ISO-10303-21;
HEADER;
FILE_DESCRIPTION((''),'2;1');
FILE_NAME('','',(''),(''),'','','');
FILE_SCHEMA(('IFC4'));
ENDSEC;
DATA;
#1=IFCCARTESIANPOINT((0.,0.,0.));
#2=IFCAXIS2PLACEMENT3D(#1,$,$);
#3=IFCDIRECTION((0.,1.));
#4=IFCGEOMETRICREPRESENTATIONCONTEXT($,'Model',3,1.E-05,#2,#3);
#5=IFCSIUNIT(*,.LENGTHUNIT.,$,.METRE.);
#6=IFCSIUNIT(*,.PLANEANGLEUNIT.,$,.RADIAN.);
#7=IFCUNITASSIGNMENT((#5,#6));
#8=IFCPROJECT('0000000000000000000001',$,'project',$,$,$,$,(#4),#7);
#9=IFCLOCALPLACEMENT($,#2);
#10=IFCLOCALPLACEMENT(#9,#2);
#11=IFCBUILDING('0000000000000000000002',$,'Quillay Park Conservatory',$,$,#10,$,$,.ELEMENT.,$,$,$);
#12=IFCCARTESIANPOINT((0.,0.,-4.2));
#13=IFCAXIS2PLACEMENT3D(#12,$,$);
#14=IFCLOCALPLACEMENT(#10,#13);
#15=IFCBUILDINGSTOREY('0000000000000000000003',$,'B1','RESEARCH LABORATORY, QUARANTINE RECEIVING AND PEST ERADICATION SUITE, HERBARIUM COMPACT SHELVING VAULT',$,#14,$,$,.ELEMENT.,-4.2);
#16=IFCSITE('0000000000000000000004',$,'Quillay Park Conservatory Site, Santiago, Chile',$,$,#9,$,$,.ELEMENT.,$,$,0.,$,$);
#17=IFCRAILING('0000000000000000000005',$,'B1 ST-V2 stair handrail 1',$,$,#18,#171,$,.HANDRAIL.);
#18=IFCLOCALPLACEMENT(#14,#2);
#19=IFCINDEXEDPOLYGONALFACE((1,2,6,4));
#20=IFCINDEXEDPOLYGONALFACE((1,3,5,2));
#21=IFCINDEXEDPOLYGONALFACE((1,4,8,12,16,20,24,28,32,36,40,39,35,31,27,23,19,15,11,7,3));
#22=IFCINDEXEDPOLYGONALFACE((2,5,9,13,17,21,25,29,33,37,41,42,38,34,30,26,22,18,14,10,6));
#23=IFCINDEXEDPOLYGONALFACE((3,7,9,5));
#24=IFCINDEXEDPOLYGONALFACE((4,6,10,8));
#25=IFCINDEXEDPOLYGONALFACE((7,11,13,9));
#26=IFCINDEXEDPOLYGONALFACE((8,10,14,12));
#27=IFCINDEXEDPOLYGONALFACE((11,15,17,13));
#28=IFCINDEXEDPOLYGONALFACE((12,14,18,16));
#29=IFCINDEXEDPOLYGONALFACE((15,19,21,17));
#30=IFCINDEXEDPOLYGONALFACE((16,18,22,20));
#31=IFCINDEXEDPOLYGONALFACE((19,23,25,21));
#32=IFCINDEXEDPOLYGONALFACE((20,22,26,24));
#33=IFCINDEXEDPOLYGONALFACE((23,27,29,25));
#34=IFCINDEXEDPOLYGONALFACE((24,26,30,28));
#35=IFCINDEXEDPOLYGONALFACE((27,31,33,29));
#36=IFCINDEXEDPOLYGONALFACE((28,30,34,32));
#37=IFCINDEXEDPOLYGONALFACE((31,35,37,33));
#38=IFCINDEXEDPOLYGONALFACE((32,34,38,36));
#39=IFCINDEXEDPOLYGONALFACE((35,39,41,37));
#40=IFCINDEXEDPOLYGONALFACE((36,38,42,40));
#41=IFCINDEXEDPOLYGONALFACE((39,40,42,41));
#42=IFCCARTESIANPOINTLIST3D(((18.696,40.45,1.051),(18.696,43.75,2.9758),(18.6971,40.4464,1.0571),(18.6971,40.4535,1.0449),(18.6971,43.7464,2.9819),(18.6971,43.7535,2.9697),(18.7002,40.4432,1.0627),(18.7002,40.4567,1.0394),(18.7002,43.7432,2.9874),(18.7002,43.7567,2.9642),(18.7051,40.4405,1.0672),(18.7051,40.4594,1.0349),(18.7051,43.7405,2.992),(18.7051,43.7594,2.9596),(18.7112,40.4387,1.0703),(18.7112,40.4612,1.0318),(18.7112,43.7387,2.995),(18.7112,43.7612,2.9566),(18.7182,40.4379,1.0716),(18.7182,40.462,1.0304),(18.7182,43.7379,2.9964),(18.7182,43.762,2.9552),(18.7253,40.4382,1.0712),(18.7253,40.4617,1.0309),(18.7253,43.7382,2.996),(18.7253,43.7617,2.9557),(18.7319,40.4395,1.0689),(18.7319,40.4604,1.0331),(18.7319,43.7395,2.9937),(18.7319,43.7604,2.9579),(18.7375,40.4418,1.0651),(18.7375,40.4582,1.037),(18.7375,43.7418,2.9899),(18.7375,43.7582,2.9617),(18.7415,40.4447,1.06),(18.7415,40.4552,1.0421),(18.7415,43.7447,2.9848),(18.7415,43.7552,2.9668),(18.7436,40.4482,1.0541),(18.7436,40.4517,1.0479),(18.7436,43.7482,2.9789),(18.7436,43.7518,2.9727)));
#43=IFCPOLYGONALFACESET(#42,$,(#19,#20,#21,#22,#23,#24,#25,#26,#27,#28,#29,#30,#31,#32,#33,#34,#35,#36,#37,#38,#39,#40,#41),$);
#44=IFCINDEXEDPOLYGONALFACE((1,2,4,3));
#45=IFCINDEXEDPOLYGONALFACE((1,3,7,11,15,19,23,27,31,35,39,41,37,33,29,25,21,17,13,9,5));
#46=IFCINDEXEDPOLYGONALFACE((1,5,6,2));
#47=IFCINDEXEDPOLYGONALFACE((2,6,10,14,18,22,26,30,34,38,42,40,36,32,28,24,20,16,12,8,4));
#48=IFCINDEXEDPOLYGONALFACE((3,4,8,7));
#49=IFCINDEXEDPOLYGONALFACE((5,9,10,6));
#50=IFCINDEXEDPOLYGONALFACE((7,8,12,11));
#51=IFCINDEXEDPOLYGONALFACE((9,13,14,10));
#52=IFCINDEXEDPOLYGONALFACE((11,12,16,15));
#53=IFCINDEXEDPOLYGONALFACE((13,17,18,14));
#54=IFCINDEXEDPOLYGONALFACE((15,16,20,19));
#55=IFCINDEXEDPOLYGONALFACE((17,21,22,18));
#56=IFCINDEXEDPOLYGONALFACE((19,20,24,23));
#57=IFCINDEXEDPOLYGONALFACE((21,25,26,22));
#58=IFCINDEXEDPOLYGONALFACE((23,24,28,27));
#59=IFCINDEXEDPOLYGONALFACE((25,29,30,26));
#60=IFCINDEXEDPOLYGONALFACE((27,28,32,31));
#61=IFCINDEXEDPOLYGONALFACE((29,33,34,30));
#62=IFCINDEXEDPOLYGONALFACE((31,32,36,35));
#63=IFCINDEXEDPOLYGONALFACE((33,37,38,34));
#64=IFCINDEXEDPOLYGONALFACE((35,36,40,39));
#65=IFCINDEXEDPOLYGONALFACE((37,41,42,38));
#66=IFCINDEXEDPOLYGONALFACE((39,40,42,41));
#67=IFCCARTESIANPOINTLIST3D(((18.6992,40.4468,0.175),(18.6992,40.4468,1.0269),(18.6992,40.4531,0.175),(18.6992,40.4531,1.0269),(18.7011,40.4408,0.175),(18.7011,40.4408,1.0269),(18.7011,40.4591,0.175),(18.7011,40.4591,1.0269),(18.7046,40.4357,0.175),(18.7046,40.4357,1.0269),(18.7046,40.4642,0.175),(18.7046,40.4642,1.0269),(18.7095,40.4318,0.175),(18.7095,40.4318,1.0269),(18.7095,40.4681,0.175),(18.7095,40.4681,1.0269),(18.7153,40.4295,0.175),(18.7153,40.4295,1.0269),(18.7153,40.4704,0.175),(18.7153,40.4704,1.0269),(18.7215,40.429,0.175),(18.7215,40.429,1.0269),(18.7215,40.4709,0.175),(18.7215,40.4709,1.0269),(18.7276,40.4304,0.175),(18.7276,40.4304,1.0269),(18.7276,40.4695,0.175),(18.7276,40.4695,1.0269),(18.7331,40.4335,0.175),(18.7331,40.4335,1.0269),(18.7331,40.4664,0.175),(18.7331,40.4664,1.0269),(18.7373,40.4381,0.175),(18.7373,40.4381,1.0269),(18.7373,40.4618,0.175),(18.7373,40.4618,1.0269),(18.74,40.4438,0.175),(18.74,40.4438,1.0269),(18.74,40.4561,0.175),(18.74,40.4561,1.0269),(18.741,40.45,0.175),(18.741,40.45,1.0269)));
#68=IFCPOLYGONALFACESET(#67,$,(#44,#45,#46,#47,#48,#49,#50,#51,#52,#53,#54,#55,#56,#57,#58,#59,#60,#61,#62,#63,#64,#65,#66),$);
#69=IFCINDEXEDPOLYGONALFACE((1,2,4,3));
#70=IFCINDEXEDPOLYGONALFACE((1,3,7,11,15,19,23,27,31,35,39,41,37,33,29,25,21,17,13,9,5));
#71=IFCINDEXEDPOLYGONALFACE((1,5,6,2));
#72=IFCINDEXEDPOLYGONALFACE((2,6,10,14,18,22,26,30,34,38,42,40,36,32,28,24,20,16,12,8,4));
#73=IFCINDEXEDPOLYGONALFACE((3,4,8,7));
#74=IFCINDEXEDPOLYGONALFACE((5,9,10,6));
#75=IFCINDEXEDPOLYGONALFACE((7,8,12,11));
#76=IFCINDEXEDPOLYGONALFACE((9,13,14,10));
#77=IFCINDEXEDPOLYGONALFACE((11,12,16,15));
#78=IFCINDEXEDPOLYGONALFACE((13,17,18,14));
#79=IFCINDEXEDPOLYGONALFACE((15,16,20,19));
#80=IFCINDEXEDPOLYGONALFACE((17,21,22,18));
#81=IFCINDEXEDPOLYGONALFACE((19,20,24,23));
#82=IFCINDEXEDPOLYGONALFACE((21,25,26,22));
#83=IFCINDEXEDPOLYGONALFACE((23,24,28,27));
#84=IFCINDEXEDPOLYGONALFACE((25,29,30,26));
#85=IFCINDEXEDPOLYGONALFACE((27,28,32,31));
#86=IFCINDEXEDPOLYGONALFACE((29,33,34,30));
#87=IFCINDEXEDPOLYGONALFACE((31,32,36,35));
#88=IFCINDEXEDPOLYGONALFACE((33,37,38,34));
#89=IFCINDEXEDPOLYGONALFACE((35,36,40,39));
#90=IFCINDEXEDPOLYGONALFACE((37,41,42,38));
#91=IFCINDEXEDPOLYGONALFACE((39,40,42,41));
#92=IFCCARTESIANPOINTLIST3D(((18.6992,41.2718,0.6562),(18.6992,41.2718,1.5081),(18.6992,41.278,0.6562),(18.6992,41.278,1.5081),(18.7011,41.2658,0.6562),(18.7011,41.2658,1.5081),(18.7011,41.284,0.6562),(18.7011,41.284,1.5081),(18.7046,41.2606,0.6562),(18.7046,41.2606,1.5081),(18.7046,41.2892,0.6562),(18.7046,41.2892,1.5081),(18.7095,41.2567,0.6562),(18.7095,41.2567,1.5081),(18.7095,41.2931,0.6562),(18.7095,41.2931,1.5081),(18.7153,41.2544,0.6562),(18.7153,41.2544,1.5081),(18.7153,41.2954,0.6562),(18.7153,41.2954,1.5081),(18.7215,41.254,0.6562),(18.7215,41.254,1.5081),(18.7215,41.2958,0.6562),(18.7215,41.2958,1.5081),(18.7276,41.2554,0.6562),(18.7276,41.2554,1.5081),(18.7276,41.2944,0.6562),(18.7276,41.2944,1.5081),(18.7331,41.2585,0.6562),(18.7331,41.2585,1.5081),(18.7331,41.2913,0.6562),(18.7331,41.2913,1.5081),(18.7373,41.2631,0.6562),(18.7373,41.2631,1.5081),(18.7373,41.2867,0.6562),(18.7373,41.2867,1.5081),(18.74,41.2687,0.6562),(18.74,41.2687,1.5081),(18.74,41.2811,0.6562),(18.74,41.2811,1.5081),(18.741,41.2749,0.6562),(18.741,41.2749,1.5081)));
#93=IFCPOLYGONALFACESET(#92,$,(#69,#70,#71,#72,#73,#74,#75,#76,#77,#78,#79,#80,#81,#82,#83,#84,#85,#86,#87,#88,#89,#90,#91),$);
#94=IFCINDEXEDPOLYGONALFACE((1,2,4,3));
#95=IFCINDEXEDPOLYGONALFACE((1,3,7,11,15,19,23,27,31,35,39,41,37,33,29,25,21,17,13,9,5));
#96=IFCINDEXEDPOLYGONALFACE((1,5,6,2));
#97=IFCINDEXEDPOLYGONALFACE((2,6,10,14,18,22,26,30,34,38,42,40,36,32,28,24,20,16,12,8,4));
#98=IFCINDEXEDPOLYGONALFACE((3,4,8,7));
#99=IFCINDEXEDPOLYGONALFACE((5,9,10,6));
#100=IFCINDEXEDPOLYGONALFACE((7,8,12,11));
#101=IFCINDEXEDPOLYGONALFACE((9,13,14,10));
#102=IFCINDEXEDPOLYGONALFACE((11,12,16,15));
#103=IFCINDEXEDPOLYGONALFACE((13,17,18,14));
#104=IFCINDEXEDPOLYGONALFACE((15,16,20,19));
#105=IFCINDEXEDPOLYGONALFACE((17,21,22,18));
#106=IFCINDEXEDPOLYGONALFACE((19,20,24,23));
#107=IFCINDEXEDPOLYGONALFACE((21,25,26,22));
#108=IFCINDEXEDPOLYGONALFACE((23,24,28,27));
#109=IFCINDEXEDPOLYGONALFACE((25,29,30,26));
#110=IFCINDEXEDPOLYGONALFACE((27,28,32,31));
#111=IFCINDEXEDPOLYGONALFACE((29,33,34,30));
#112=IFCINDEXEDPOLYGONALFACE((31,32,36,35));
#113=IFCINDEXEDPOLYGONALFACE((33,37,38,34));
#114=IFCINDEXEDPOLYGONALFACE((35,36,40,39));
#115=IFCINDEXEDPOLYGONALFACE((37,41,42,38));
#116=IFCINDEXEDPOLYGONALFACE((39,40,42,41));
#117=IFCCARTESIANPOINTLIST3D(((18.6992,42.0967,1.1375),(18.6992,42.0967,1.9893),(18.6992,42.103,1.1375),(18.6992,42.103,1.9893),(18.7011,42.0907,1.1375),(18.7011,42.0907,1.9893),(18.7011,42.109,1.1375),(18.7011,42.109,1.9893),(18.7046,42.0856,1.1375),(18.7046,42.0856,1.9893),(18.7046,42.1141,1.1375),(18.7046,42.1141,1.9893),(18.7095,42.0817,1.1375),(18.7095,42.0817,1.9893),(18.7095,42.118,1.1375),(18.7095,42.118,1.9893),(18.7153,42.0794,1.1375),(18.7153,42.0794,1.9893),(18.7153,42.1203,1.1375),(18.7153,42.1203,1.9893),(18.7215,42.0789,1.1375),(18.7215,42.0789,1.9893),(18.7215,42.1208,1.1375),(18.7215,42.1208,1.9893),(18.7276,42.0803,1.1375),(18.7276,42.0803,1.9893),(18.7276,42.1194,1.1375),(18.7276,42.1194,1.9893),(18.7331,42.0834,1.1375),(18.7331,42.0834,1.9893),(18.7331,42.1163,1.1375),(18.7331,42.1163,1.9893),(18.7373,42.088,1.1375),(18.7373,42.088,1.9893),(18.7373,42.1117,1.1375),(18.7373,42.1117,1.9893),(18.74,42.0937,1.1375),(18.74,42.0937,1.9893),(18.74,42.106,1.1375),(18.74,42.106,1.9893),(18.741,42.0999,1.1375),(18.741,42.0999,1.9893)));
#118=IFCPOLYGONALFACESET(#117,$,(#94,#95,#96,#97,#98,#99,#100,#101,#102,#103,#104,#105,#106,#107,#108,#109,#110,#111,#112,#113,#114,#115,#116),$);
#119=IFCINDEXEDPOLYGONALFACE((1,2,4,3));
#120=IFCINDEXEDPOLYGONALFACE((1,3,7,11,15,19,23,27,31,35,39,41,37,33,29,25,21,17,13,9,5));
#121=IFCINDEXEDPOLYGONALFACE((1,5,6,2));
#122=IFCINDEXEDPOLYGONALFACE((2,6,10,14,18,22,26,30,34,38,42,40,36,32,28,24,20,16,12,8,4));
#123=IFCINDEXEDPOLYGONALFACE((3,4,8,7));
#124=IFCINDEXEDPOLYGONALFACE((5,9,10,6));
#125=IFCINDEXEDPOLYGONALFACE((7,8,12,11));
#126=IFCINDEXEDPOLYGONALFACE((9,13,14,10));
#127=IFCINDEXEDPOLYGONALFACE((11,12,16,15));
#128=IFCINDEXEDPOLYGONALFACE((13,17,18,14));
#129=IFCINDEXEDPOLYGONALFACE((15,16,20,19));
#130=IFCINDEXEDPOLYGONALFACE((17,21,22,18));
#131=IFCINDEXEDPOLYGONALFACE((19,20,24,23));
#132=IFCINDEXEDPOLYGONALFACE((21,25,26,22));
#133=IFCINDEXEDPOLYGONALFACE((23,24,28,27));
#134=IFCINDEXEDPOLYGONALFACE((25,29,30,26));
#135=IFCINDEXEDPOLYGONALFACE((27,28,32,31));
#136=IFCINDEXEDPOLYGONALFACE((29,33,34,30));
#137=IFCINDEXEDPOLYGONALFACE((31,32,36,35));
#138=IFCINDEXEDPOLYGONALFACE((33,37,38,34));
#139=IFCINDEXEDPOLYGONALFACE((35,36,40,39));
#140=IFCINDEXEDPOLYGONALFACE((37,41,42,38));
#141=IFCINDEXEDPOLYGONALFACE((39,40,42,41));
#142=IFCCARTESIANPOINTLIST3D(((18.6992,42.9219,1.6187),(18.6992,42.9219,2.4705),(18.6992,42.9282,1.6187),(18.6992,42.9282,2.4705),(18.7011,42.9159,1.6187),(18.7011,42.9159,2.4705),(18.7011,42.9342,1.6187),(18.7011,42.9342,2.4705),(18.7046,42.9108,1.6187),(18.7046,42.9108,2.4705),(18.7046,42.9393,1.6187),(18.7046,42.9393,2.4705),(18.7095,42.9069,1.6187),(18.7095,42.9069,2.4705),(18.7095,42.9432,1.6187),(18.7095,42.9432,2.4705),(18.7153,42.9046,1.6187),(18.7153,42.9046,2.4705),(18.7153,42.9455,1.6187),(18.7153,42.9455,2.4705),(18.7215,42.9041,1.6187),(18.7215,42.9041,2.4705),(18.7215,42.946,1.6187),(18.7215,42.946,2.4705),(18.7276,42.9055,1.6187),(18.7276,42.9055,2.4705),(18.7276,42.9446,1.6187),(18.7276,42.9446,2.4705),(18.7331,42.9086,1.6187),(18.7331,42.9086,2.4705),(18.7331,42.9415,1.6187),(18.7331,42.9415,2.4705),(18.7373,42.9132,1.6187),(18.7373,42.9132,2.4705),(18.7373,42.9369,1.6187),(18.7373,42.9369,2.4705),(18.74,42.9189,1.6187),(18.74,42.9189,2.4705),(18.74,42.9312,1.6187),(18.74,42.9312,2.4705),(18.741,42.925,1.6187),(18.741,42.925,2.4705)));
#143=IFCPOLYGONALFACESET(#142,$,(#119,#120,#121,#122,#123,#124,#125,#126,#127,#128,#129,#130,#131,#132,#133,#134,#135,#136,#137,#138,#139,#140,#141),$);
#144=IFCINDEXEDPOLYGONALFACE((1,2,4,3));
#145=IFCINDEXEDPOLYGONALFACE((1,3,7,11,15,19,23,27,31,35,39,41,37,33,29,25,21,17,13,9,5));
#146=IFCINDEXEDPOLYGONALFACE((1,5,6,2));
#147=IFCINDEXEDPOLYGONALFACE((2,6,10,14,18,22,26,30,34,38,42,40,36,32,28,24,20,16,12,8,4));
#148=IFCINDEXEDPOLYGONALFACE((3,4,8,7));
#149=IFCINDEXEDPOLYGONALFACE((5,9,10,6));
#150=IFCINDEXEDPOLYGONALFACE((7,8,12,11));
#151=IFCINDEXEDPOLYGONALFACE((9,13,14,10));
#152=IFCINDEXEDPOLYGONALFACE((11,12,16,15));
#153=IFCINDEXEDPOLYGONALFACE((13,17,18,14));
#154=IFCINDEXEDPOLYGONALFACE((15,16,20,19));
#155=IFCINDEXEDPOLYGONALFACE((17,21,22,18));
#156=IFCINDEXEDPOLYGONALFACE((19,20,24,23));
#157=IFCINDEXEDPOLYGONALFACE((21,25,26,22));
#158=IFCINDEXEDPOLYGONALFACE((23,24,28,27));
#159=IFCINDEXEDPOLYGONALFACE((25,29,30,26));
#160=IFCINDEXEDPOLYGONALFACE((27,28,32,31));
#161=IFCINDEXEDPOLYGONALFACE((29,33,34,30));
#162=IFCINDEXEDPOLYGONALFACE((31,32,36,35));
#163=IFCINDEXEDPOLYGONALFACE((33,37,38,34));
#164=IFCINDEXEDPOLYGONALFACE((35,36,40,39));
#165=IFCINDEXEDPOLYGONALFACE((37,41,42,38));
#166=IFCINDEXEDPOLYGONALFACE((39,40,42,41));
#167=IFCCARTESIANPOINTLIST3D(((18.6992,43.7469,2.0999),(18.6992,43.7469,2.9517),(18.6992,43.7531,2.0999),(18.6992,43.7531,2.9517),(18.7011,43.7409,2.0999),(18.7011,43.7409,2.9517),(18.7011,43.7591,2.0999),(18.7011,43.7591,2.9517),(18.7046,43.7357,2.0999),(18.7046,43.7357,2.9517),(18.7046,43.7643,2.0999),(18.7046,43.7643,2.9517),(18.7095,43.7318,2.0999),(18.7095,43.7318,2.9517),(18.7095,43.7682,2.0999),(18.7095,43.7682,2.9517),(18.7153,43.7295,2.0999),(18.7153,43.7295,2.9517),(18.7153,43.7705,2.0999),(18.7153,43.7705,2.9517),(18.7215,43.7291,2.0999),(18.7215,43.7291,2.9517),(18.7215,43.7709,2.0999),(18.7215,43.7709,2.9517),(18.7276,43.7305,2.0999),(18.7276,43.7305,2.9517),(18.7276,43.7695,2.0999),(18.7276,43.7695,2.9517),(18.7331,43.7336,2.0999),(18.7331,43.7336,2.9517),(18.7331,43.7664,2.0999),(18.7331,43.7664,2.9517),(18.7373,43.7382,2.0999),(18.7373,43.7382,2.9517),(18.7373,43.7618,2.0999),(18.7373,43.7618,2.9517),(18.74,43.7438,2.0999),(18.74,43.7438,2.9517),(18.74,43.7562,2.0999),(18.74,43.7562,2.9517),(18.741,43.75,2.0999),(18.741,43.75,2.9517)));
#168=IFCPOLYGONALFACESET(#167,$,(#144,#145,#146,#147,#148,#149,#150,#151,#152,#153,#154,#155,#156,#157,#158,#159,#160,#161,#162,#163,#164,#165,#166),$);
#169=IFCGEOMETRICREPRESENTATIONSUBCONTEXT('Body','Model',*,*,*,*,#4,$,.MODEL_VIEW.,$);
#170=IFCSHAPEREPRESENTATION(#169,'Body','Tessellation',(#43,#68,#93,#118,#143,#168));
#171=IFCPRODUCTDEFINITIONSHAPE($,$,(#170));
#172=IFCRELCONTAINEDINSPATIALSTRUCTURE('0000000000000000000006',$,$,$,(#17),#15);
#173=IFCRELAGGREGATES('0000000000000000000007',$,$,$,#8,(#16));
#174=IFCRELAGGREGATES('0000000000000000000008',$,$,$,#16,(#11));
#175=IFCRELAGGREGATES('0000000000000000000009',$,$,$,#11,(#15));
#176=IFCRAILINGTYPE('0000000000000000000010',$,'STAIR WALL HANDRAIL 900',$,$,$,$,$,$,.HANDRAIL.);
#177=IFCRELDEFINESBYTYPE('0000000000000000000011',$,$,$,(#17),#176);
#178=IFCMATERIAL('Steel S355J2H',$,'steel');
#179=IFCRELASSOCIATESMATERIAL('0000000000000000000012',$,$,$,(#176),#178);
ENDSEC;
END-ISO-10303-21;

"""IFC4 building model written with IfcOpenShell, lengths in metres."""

from ifc_helpers import new_model, si_unit, direction, frame, origin, origin_2d, place, context, subcontext, project, spatial, circle, extrude, material, type_object, element, save


model = new_model("IFC4")

# Units and contexts
model_context = context("Model", 3, precision=1e-05, world=origin(), true_north=direction((0.0, 1.0)))
body_context = subcontext(model_context, "Body", "Model", "MODEL_VIEW")
ifc_project = project(units=[si_unit("LENGTHUNIT", "METRE"), si_unit("PLANEANGLEUNIT", "RADIAN")], contexts=[model_context])

# Site, building, storey
site_placement = place(None, origin())
site = spatial("IfcSite", under=ifc_project, at=site_placement, Name="Quillay Park Conservatory Site, Santiago, Chile", CompositionType="ELEMENT", RefElevation=0.0)
building_placement = place(site_placement, origin())
building = spatial("IfcBuilding", under=site, at=building_placement, Name="Quillay Park Conservatory", CompositionType="ELEMENT")
storey_placement = place(building_placement, frame((0.0, 0.0, -4.2)))
storey = spatial("IfcBuildingStorey", under=building, at=storey_placement, Name="B1", Description="RESEARCH LABORATORY, QUARANTINE RECEIVING AND PEST ERADICATION SUITE, HERBARIUM COMPACT SHELVING VAULT", CompositionType="ELEMENT", Elevation=-4.2)

# Railing
ifc_material_1 = material(Name="Steel S355J2H", Category="steel")
railing_type_1 = type_object("IfcRailingType", Name="STAIR WALL HANDRAIL 900", PredefinedType="HANDRAIL", material=ifc_material_1)
railing_1_placement = place(storey_placement, frame((18.72, 40.45, 0.175)))
element("IfcRailing", 1, at=railing_1_placement, inside=storey, type_object=railing_type_1, Name="B1 ST-V2 stair handrail 1", PredefinedType="HANDRAIL", context=body_context, shape_type="SweptSolid", body=[
    extrude(circle(Radius=0.0239, at=origin_2d()), frame((0.0, 0.0, 0.876), z_axis=(0.0, 0.863804, 0.503827), x_axis=(-1.0, 0.0, 0.0)), (0.0, 0.0, 1.0), 3.8203),
    extrude(circle(Radius=0.021, at=origin_2d()), origin(), (0.0, 0.0, 1.0), 0.8518),
    extrude(circle(Radius=0.021, at=origin_2d()), frame((0.0, 0.825, 0.4812)), (0.0, 0.0, 1.0), 0.8518),
    extrude(circle(Radius=0.021, at=origin_2d()), frame((0.0, 1.6499, 0.9624)), (0.0, 0.0, 1.0), 0.8518),
    extrude(circle(Radius=0.021, at=origin_2d()), frame((0.0, 2.4751, 1.4436)), (0.0, 0.0, 1.0), 0.8518),
    extrude(circle(Radius=0.021, at=origin_2d()), frame((0.0, 3.3, 1.9248)), (0.0, 0.0, 1.0), 0.8518),
])

save(model, "model.ifc")
